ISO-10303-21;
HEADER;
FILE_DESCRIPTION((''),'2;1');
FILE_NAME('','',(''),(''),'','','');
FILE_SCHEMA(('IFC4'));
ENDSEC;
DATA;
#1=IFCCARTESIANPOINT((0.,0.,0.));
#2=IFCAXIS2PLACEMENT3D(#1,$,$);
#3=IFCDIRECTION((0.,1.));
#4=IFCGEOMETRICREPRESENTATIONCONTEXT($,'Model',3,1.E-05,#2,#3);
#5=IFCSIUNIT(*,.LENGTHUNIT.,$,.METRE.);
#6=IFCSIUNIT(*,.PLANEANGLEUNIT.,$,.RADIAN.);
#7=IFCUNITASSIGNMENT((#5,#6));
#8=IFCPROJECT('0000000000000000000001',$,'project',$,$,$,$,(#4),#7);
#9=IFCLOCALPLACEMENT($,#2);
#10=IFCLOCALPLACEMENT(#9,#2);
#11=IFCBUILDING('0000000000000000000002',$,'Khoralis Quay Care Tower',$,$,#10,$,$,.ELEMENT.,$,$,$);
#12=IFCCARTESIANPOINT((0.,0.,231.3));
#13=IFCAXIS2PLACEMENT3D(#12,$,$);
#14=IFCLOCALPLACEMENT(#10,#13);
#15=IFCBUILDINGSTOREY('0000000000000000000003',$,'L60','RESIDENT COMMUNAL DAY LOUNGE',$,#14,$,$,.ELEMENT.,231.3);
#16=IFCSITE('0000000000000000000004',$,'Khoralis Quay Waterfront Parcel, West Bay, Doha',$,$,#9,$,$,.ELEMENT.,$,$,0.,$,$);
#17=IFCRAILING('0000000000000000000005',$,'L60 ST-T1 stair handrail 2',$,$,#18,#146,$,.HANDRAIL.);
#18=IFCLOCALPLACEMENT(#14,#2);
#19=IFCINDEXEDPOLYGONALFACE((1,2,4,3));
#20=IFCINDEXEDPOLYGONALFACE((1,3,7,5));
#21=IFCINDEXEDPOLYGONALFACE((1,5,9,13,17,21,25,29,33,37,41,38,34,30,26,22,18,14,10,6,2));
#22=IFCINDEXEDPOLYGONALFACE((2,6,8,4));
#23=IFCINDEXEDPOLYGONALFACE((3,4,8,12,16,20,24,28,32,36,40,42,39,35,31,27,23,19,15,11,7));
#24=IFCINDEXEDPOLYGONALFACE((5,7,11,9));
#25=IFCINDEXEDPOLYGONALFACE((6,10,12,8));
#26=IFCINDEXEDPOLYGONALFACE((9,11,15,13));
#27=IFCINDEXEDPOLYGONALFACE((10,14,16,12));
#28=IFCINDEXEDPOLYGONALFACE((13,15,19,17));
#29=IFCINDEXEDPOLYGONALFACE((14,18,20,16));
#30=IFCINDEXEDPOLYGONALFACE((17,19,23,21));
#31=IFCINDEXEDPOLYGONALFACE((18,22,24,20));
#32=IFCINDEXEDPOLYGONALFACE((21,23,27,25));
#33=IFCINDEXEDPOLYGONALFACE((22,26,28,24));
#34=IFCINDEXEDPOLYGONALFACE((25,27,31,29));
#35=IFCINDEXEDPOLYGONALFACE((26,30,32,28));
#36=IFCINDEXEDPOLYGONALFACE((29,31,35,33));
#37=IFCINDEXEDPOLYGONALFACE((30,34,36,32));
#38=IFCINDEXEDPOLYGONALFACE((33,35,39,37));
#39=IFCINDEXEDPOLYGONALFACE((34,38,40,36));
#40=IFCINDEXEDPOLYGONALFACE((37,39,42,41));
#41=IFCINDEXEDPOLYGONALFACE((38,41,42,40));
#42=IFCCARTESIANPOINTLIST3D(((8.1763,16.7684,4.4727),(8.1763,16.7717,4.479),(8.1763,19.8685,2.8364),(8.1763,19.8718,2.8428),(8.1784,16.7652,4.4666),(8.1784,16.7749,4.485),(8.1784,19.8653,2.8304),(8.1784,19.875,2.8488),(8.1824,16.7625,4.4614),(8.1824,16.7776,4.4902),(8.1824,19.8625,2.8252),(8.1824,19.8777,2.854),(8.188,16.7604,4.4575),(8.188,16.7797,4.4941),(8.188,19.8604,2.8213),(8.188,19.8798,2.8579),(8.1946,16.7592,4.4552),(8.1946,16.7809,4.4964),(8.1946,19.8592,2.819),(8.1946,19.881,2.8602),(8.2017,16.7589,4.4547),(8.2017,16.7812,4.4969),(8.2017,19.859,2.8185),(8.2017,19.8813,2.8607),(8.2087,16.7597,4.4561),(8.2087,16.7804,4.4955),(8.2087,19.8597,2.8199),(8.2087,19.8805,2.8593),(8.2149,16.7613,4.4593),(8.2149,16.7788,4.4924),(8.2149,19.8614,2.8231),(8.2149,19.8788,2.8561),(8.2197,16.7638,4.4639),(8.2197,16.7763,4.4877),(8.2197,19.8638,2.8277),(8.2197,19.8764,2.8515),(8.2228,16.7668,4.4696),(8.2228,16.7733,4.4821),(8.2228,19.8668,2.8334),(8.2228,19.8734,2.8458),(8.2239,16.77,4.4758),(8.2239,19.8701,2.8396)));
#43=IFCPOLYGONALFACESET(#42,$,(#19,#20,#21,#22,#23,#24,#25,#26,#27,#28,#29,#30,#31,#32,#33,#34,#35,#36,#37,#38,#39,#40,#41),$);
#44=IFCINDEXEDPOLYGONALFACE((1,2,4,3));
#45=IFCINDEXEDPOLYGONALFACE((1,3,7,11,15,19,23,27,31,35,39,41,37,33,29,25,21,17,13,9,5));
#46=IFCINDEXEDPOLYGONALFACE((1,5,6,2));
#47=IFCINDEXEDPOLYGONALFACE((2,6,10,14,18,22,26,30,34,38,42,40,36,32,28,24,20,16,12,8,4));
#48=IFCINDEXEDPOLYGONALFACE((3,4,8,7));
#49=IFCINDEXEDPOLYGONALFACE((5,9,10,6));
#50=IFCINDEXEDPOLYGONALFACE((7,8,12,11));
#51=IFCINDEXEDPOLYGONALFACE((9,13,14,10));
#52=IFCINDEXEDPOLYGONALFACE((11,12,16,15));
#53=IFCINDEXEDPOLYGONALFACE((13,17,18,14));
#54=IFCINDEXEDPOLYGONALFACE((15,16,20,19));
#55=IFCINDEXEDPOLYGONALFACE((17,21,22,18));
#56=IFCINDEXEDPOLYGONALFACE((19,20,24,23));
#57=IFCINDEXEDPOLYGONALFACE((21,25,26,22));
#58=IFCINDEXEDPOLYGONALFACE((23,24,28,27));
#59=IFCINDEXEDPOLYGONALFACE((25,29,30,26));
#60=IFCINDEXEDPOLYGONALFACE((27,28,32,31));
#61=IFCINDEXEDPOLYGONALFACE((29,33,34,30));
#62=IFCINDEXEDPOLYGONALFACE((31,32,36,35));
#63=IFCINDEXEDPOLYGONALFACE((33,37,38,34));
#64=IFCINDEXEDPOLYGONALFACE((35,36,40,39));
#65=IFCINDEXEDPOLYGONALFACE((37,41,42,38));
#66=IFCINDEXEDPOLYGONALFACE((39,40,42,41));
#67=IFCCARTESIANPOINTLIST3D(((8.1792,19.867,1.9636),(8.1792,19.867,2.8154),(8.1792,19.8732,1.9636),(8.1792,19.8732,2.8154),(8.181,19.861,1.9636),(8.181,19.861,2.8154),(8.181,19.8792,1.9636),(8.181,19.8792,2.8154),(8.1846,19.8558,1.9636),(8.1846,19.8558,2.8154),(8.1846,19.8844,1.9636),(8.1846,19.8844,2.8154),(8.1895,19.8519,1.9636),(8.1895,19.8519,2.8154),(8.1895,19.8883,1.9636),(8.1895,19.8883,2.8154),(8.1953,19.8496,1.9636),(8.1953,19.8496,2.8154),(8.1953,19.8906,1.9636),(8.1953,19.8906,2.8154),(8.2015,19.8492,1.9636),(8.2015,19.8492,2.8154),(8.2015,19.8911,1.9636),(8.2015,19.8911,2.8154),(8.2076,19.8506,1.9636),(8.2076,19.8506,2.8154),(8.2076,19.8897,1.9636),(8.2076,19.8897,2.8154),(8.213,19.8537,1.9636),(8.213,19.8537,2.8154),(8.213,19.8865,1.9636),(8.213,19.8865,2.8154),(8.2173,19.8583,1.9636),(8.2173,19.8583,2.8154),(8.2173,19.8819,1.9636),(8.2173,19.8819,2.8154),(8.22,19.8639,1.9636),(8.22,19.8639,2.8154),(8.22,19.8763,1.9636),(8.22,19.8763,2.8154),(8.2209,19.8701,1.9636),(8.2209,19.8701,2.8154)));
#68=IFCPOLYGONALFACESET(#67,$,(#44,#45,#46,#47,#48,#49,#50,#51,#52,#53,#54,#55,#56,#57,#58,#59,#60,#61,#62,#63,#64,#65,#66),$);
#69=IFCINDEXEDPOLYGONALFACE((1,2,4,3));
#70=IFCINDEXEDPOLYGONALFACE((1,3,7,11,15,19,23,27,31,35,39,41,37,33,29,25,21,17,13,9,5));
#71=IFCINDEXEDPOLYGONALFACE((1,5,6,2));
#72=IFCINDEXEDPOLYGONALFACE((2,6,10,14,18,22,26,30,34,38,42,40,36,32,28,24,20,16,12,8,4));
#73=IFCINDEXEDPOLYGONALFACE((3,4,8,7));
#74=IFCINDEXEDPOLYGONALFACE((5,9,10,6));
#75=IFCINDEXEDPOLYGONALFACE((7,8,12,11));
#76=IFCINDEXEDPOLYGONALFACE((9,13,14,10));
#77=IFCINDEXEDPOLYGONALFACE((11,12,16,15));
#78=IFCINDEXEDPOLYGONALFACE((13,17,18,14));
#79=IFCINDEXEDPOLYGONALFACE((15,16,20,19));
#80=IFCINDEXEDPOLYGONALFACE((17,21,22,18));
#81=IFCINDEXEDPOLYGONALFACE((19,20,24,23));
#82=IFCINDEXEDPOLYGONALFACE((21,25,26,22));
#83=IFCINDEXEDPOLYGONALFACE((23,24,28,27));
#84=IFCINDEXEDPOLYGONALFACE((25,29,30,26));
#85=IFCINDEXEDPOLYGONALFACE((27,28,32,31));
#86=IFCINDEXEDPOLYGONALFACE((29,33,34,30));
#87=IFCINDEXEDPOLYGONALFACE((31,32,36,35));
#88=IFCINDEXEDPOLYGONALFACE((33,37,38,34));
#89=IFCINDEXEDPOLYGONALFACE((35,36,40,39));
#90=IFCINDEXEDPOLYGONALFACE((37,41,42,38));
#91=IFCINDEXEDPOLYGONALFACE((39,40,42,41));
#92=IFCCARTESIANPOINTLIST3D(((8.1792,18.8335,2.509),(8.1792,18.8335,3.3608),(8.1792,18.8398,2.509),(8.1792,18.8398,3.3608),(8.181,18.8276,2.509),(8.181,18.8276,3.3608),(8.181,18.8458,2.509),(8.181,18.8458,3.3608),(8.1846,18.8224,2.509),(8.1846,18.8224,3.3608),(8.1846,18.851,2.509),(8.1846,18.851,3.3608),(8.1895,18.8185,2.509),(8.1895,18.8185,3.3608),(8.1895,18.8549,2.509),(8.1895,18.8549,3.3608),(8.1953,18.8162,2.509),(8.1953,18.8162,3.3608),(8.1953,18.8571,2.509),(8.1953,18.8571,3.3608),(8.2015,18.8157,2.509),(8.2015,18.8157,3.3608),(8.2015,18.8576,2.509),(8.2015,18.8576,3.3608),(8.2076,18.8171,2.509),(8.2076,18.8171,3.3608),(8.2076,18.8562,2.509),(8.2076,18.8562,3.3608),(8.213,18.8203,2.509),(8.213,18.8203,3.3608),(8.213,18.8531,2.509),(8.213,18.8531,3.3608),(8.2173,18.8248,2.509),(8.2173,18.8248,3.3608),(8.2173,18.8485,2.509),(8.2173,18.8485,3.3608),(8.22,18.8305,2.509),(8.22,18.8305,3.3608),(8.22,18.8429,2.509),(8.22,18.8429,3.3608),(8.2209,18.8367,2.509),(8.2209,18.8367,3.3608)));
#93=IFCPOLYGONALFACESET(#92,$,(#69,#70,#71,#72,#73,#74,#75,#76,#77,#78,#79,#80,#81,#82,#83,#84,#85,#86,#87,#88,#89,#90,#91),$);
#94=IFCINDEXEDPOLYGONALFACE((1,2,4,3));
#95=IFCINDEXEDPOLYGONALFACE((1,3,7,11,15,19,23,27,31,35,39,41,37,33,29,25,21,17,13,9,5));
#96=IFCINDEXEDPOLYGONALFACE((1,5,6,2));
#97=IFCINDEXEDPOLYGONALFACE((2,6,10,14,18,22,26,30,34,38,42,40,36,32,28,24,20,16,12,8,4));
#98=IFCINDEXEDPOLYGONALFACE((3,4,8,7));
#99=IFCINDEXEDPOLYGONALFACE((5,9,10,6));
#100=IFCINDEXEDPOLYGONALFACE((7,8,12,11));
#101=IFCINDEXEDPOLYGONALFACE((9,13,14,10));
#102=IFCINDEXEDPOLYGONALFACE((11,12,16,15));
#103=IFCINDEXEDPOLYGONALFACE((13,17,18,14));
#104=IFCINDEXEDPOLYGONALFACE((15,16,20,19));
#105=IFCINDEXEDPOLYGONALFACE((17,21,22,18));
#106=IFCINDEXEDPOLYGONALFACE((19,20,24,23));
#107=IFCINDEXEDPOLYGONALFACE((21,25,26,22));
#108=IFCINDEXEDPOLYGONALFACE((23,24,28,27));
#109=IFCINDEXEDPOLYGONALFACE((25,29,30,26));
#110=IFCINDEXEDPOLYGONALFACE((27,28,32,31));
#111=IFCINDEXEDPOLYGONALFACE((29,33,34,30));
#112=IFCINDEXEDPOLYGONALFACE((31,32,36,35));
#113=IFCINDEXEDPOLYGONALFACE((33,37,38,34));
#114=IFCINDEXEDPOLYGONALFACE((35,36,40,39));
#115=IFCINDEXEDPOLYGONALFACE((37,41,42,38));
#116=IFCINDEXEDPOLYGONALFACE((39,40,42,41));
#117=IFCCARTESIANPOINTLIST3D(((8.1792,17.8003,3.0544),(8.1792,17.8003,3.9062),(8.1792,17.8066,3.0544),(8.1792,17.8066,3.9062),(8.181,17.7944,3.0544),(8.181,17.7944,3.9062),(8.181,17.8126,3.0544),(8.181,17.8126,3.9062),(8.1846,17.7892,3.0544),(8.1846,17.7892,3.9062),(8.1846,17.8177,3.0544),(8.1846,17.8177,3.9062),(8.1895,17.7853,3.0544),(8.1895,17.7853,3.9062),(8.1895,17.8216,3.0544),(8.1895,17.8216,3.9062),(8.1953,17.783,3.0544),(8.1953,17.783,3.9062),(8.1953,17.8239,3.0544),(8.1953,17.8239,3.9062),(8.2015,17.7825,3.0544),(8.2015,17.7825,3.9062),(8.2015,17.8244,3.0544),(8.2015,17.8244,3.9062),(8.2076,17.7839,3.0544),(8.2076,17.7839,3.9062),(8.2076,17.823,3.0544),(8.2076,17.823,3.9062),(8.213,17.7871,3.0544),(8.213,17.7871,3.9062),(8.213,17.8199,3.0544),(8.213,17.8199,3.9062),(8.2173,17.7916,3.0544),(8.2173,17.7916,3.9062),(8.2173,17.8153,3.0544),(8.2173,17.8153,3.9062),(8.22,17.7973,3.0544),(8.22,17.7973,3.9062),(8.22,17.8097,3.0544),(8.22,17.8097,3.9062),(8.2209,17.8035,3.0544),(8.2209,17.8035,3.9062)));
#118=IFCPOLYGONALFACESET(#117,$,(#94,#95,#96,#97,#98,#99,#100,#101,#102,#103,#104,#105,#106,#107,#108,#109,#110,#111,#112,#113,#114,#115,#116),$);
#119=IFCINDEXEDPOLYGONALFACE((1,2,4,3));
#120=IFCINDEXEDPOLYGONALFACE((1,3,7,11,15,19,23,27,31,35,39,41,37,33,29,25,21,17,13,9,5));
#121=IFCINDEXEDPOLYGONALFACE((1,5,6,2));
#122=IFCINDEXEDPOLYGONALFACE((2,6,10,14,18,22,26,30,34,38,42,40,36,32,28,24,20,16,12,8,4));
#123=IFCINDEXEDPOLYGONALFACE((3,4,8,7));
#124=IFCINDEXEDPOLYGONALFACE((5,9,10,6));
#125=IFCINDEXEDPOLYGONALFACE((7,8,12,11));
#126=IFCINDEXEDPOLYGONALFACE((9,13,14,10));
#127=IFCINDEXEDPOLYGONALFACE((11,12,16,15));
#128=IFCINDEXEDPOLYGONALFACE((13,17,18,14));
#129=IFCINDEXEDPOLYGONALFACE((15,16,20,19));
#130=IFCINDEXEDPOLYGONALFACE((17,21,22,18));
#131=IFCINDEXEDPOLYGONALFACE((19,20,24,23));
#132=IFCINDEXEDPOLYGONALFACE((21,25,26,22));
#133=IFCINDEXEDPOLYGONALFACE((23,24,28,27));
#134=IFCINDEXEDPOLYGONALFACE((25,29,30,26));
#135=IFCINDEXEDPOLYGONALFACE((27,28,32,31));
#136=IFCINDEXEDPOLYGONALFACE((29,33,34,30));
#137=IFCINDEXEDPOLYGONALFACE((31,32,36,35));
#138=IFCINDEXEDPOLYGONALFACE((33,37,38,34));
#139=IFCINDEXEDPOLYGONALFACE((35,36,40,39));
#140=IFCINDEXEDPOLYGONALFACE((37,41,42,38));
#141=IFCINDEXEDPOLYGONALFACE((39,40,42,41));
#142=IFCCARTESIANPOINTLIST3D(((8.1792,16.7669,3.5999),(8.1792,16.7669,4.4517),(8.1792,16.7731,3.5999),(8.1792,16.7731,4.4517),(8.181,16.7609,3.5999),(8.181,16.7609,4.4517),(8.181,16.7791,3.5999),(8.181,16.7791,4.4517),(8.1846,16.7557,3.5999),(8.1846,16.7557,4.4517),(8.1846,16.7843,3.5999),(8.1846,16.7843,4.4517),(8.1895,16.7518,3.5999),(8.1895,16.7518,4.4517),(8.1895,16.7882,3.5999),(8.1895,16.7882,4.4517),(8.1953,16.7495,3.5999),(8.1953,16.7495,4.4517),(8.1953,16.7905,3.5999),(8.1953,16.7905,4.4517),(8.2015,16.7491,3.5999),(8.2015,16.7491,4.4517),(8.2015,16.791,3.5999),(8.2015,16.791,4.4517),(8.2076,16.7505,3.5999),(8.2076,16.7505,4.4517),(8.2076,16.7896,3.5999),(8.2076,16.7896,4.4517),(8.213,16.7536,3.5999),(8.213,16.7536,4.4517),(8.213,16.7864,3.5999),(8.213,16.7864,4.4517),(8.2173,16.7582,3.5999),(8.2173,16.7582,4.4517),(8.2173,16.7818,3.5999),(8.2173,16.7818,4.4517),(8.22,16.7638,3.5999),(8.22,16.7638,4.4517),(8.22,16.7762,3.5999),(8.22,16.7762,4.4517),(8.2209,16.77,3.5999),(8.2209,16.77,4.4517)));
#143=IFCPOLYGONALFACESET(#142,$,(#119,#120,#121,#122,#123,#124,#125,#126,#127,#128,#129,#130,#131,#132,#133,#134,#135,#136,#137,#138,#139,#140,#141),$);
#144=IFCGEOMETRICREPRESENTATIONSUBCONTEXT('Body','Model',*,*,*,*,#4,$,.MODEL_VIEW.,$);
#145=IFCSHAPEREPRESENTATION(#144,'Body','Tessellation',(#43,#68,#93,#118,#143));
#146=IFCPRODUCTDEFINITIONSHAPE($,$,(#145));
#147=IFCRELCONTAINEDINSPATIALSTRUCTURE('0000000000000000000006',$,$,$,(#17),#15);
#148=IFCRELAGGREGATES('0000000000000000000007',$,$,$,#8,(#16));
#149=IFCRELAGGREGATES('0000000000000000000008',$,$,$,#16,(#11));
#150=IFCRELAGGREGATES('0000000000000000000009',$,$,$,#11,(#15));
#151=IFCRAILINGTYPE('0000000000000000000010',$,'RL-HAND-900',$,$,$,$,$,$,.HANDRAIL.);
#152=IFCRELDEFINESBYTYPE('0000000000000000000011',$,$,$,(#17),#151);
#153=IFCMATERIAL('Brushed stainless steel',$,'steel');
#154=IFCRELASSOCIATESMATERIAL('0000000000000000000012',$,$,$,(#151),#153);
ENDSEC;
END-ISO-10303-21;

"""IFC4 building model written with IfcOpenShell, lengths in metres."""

from ifc_helpers import new_model, si_unit, direction, frame, origin, origin_2d, place, context, subcontext, project, spatial, circle, extrude, material, type_object, element, save


model = new_model("IFC4")

# Units and contexts
model_context = context("Model", 3, precision=1e-05, world=origin(), true_north=direction((0.0, 1.0)))
body_context = subcontext(model_context, "Body", "Model", "MODEL_VIEW")
ifc_project = project(units=[si_unit("LENGTHUNIT", "METRE"), si_unit("PLANEANGLEUNIT", "RADIAN")], contexts=[model_context])

# Site, building, storey
site_placement = place(None, origin())
site = spatial("IfcSite", under=ifc_project, at=site_placement, Name="Khoralis Quay Waterfront Parcel, West Bay, Doha", CompositionType="ELEMENT", RefElevation=0.0)
building_placement = place(site_placement, origin())
building = spatial("IfcBuilding", under=site, at=building_placement, Name="Khoralis Quay Care Tower", CompositionType="ELEMENT")
storey_placement = place(building_placement, frame((0.0, 0.0, 231.3)))
storey = spatial("IfcBuildingStorey", under=building, at=storey_placement, Name="L60", Description="RESIDENT COMMUNAL DAY LOUNGE", CompositionType="ELEMENT", Elevation=231.3)

# Railing
ifc_material_1 = material(Name="Brushed stainless steel", Category="steel")
railing_type_1 = type_object("IfcRailingType", Name="RL-HAND-900", PredefinedType="HANDRAIL", material=ifc_material_1)
railing_1_placement = place(storey_placement, frame((8.2, 19.8701, 1.9636)))
element("IfcRailing", 1, at=railing_1_placement, inside=storey, type_object=railing_type_1, Name="L60 ST-T1 stair handrail 2", PredefinedType="HANDRAIL", context=body_context, shape_type="SweptSolid", body=[
    extrude(circle(Radius=0.0239, at=origin_2d()), frame((0.0, 0.0, 0.876), z_axis=(0.0, -0.884377, 0.466774), x_axis=(1.0, 0.0, 0.0)), (0.0, 0.0, 1.0), 3.5054),
    extrude(circle(Radius=0.021, at=origin_2d()), origin(), (0.0, 0.0, 1.0), 0.8518),
    extrude(circle(Radius=0.021, at=origin_2d()), frame((0.0, -1.0334, 0.5454)), (0.0, 0.0, 1.0), 0.8518),
    extrude(circle(Radius=0.021, at=origin_2d()), frame((0.0, -2.0667, 1.0908)), (0.0, 0.0, 1.0), 0.8518),
    extrude(circle(Radius=0.021, at=origin_2d()), frame((0.0, -3.1001, 1.6362)), (0.0, 0.0, 1.0), 0.8518),
])

save(model, "model.ifc")
